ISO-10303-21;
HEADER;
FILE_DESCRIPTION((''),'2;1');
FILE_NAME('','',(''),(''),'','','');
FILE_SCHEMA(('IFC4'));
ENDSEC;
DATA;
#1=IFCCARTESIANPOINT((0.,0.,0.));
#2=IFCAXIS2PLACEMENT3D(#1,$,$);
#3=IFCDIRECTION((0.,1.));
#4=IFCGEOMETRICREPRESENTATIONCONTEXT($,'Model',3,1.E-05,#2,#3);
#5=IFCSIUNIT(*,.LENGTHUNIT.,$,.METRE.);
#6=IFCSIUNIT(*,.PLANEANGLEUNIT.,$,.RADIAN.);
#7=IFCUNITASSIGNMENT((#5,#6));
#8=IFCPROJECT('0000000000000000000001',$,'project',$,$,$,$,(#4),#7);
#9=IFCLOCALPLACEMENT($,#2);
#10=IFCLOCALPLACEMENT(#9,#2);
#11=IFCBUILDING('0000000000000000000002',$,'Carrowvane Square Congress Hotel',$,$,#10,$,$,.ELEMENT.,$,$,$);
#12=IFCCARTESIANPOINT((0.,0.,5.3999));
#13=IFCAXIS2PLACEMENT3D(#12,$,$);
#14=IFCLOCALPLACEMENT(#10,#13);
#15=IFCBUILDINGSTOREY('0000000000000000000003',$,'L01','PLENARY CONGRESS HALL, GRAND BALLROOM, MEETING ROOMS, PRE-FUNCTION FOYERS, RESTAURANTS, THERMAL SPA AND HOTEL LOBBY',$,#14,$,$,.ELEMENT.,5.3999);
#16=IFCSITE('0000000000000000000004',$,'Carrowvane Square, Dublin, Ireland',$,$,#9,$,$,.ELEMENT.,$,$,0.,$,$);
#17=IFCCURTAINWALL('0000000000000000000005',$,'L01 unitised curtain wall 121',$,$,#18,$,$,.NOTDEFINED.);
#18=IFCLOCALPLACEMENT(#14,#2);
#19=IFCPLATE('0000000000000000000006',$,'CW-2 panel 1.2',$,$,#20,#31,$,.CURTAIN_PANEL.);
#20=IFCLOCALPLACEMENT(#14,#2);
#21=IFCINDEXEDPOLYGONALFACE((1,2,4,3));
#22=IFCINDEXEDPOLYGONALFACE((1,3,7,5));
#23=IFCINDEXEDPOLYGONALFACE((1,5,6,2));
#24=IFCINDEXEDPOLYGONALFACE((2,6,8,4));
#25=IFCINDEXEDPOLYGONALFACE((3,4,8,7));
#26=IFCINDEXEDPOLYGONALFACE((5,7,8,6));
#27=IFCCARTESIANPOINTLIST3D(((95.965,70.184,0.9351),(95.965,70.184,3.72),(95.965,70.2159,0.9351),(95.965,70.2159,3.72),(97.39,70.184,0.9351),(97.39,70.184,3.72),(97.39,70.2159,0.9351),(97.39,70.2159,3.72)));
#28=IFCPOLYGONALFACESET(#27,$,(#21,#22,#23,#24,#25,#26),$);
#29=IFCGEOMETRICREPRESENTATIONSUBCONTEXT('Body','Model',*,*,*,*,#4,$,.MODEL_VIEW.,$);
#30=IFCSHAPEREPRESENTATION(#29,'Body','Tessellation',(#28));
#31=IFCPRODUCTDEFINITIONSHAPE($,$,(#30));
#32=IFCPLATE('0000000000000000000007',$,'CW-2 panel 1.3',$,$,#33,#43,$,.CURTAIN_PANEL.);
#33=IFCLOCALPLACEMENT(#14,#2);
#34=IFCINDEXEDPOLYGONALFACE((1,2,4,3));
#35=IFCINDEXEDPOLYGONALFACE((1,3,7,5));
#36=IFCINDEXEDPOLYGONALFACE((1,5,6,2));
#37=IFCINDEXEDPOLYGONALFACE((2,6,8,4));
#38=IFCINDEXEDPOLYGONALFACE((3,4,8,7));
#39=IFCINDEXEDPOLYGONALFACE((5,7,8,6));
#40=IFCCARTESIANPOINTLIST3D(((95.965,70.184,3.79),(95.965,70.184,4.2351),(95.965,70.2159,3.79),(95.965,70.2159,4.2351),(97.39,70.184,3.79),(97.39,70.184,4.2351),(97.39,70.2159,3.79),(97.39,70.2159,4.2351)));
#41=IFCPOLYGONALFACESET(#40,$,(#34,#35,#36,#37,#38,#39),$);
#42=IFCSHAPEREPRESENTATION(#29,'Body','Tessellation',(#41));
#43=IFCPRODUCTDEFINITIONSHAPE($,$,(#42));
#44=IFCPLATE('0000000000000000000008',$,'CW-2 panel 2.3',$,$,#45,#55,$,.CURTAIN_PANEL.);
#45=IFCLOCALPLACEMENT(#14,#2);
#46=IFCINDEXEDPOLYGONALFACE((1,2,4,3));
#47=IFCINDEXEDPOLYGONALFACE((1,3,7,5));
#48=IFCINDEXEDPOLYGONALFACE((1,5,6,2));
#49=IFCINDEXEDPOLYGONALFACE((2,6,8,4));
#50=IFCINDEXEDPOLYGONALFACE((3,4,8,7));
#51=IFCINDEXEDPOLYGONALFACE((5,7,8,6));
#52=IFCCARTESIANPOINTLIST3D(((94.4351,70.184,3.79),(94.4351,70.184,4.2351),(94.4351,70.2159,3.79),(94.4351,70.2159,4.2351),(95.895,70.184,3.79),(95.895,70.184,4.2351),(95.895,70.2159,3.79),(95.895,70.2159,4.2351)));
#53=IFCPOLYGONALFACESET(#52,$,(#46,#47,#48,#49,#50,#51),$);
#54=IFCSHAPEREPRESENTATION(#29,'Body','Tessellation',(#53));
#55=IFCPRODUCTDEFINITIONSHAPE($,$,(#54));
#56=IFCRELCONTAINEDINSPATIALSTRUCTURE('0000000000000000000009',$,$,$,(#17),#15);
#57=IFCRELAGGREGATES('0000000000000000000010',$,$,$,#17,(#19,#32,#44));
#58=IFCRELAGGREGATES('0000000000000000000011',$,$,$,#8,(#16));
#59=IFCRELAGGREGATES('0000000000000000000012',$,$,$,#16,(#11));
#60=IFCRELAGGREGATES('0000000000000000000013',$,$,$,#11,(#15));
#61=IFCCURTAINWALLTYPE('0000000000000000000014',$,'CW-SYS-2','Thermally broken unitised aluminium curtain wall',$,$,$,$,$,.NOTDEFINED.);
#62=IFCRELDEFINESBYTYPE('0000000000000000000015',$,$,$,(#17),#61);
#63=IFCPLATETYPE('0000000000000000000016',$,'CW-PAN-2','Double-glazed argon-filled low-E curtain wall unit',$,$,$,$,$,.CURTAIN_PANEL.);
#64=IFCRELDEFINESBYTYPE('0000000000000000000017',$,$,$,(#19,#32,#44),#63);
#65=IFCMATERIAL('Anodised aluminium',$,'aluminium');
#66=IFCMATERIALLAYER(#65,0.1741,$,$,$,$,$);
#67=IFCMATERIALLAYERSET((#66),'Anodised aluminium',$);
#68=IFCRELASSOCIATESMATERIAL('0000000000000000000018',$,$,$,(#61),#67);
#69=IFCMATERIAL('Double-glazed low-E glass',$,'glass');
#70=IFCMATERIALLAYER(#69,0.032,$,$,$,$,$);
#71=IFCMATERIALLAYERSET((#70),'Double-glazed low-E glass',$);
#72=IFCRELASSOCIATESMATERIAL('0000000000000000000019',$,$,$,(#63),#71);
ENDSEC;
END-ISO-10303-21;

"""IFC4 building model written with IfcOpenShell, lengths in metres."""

from ifc_helpers import new_model, si_unit, direction, frame, origin, origin_2d, place, context, subcontext, project, spatial, rectangle, extrude, material, layer, layer_set, type_object, element, aggregate, save


model = new_model("IFC4")

# Units and contexts
model_context = context("Model", 3, precision=1e-05, world=origin(), true_north=direction((0.0, 1.0)))
body_context = subcontext(model_context, "Body", "Model", "MODEL_VIEW")
ifc_project = project(units=[si_unit("LENGTHUNIT", "METRE"), si_unit("PLANEANGLEUNIT", "RADIAN")], contexts=[model_context])

# Site, building, storey
site_placement = place(None, origin())
site = spatial("IfcSite", under=ifc_project, at=site_placement, Name="Carrowvane Square, Dublin, Ireland", CompositionType="ELEMENT", RefElevation=0.0)
building_placement = place(site_placement, origin())
building = spatial("IfcBuilding", under=site, at=building_placement, Name="Carrowvane Square Congress Hotel", CompositionType="ELEMENT")
storey_placement = place(building_placement, frame((0.0, 0.0, 5.3999)))
storey = spatial("IfcBuildingStorey", under=building, at=storey_placement, Name="L01", Description="PLENARY CONGRESS HALL, GRAND BALLROOM, MEETING ROOMS, PRE-FUNCTION FOYERS, RESTAURANTS, THERMAL SPA AND HOTEL LOBBY", CompositionType="ELEMENT", Elevation=5.3999)

# Curtain wall
ifc_material_1 = material(Name="Anodised aluminium", Category="aluminium")
ifc_layer_1 = layer(ifc_material_1, 0.1741)
ifc_layer_set_1 = layer_set([ifc_layer_1], Name="Anodised aluminium")
curtain_wall_type_1 = type_object("IfcCurtainWallType", Name="CW-SYS-2", Description="Thermally broken unitised aluminium curtain wall", PredefinedType="NOTDEFINED", material=ifc_layer_set_1)
curtain_wall_1_placement = place(storey_placement, origin())
curtain_wall_1 = element("IfcCurtainWall", 1, at=curtain_wall_1_placement, inside=storey, type_object=curtain_wall_type_1, Name="L01 unitised curtain wall 121", PredefinedType="NOTDEFINED")

# Plates
ifc_material_2 = material(Name="Double-glazed low-E glass", Category="glass")
ifc_layer_2 = layer(ifc_material_2, 0.032)
ifc_layer_set_2 = layer_set([ifc_layer_2], Name="Double-glazed low-E glass")
plate_type_1 = type_object("IfcPlateType", Name="CW-PAN-2", Description="Double-glazed argon-filled low-E curtain wall unit", PredefinedType="CURTAIN_PANEL", material=ifc_layer_set_2)
plate_1_placement = place(storey_placement, frame((96.6775, 70.2, 0.9351), z_axis=(0.0, 0.0, 1.0), x_axis=(-1.0, 0.0, 0.0)))
plate_1 = element("IfcPlate", 2, at=plate_1_placement, type_object=plate_type_1, Name="CW-2 panel 1.2", PredefinedType="CURTAIN_PANEL", context=body_context, shape_type="SweptSolid", body=[
    extrude(rectangle(XDim=1.425, YDim=0.032, at=origin_2d()), origin(), (0.0, 0.0, 1.0), 2.7849),
])
plate_2_placement = place(storey_placement, frame((96.6775, 70.2, 3.79), z_axis=(0.0, 0.0, 1.0), x_axis=(-1.0, 0.0, 0.0)))
plate_2 = element("IfcPlate", 3, at=plate_2_placement, type_object=plate_type_1, Name="CW-2 panel 1.3", PredefinedType="CURTAIN_PANEL", context=body_context, shape_type="SweptSolid", body=[
    extrude(rectangle(XDim=1.425, YDim=0.032, at=origin_2d()), origin(), (0.0, 0.0, 1.0), 0.4451),
])
plate_3_placement = place(storey_placement, frame((95.165, 70.2, 3.79), z_axis=(0.0, 0.0, 1.0), x_axis=(-1.0, 0.0, 0.0)))
plate_3 = element("IfcPlate", 4, at=plate_3_placement, type_object=plate_type_1, Name="CW-2 panel 2.3", PredefinedType="CURTAIN_PANEL", context=body_context, shape_type="SweptSolid", body=[
    extrude(rectangle(XDim=1.46, YDim=0.032, at=origin_2d()), origin(), (0.0, 0.0, 1.0), 0.4451),
])
aggregate(curtain_wall_1, [plate_1, plate_2, plate_3])

save(model, "model.ifc")
